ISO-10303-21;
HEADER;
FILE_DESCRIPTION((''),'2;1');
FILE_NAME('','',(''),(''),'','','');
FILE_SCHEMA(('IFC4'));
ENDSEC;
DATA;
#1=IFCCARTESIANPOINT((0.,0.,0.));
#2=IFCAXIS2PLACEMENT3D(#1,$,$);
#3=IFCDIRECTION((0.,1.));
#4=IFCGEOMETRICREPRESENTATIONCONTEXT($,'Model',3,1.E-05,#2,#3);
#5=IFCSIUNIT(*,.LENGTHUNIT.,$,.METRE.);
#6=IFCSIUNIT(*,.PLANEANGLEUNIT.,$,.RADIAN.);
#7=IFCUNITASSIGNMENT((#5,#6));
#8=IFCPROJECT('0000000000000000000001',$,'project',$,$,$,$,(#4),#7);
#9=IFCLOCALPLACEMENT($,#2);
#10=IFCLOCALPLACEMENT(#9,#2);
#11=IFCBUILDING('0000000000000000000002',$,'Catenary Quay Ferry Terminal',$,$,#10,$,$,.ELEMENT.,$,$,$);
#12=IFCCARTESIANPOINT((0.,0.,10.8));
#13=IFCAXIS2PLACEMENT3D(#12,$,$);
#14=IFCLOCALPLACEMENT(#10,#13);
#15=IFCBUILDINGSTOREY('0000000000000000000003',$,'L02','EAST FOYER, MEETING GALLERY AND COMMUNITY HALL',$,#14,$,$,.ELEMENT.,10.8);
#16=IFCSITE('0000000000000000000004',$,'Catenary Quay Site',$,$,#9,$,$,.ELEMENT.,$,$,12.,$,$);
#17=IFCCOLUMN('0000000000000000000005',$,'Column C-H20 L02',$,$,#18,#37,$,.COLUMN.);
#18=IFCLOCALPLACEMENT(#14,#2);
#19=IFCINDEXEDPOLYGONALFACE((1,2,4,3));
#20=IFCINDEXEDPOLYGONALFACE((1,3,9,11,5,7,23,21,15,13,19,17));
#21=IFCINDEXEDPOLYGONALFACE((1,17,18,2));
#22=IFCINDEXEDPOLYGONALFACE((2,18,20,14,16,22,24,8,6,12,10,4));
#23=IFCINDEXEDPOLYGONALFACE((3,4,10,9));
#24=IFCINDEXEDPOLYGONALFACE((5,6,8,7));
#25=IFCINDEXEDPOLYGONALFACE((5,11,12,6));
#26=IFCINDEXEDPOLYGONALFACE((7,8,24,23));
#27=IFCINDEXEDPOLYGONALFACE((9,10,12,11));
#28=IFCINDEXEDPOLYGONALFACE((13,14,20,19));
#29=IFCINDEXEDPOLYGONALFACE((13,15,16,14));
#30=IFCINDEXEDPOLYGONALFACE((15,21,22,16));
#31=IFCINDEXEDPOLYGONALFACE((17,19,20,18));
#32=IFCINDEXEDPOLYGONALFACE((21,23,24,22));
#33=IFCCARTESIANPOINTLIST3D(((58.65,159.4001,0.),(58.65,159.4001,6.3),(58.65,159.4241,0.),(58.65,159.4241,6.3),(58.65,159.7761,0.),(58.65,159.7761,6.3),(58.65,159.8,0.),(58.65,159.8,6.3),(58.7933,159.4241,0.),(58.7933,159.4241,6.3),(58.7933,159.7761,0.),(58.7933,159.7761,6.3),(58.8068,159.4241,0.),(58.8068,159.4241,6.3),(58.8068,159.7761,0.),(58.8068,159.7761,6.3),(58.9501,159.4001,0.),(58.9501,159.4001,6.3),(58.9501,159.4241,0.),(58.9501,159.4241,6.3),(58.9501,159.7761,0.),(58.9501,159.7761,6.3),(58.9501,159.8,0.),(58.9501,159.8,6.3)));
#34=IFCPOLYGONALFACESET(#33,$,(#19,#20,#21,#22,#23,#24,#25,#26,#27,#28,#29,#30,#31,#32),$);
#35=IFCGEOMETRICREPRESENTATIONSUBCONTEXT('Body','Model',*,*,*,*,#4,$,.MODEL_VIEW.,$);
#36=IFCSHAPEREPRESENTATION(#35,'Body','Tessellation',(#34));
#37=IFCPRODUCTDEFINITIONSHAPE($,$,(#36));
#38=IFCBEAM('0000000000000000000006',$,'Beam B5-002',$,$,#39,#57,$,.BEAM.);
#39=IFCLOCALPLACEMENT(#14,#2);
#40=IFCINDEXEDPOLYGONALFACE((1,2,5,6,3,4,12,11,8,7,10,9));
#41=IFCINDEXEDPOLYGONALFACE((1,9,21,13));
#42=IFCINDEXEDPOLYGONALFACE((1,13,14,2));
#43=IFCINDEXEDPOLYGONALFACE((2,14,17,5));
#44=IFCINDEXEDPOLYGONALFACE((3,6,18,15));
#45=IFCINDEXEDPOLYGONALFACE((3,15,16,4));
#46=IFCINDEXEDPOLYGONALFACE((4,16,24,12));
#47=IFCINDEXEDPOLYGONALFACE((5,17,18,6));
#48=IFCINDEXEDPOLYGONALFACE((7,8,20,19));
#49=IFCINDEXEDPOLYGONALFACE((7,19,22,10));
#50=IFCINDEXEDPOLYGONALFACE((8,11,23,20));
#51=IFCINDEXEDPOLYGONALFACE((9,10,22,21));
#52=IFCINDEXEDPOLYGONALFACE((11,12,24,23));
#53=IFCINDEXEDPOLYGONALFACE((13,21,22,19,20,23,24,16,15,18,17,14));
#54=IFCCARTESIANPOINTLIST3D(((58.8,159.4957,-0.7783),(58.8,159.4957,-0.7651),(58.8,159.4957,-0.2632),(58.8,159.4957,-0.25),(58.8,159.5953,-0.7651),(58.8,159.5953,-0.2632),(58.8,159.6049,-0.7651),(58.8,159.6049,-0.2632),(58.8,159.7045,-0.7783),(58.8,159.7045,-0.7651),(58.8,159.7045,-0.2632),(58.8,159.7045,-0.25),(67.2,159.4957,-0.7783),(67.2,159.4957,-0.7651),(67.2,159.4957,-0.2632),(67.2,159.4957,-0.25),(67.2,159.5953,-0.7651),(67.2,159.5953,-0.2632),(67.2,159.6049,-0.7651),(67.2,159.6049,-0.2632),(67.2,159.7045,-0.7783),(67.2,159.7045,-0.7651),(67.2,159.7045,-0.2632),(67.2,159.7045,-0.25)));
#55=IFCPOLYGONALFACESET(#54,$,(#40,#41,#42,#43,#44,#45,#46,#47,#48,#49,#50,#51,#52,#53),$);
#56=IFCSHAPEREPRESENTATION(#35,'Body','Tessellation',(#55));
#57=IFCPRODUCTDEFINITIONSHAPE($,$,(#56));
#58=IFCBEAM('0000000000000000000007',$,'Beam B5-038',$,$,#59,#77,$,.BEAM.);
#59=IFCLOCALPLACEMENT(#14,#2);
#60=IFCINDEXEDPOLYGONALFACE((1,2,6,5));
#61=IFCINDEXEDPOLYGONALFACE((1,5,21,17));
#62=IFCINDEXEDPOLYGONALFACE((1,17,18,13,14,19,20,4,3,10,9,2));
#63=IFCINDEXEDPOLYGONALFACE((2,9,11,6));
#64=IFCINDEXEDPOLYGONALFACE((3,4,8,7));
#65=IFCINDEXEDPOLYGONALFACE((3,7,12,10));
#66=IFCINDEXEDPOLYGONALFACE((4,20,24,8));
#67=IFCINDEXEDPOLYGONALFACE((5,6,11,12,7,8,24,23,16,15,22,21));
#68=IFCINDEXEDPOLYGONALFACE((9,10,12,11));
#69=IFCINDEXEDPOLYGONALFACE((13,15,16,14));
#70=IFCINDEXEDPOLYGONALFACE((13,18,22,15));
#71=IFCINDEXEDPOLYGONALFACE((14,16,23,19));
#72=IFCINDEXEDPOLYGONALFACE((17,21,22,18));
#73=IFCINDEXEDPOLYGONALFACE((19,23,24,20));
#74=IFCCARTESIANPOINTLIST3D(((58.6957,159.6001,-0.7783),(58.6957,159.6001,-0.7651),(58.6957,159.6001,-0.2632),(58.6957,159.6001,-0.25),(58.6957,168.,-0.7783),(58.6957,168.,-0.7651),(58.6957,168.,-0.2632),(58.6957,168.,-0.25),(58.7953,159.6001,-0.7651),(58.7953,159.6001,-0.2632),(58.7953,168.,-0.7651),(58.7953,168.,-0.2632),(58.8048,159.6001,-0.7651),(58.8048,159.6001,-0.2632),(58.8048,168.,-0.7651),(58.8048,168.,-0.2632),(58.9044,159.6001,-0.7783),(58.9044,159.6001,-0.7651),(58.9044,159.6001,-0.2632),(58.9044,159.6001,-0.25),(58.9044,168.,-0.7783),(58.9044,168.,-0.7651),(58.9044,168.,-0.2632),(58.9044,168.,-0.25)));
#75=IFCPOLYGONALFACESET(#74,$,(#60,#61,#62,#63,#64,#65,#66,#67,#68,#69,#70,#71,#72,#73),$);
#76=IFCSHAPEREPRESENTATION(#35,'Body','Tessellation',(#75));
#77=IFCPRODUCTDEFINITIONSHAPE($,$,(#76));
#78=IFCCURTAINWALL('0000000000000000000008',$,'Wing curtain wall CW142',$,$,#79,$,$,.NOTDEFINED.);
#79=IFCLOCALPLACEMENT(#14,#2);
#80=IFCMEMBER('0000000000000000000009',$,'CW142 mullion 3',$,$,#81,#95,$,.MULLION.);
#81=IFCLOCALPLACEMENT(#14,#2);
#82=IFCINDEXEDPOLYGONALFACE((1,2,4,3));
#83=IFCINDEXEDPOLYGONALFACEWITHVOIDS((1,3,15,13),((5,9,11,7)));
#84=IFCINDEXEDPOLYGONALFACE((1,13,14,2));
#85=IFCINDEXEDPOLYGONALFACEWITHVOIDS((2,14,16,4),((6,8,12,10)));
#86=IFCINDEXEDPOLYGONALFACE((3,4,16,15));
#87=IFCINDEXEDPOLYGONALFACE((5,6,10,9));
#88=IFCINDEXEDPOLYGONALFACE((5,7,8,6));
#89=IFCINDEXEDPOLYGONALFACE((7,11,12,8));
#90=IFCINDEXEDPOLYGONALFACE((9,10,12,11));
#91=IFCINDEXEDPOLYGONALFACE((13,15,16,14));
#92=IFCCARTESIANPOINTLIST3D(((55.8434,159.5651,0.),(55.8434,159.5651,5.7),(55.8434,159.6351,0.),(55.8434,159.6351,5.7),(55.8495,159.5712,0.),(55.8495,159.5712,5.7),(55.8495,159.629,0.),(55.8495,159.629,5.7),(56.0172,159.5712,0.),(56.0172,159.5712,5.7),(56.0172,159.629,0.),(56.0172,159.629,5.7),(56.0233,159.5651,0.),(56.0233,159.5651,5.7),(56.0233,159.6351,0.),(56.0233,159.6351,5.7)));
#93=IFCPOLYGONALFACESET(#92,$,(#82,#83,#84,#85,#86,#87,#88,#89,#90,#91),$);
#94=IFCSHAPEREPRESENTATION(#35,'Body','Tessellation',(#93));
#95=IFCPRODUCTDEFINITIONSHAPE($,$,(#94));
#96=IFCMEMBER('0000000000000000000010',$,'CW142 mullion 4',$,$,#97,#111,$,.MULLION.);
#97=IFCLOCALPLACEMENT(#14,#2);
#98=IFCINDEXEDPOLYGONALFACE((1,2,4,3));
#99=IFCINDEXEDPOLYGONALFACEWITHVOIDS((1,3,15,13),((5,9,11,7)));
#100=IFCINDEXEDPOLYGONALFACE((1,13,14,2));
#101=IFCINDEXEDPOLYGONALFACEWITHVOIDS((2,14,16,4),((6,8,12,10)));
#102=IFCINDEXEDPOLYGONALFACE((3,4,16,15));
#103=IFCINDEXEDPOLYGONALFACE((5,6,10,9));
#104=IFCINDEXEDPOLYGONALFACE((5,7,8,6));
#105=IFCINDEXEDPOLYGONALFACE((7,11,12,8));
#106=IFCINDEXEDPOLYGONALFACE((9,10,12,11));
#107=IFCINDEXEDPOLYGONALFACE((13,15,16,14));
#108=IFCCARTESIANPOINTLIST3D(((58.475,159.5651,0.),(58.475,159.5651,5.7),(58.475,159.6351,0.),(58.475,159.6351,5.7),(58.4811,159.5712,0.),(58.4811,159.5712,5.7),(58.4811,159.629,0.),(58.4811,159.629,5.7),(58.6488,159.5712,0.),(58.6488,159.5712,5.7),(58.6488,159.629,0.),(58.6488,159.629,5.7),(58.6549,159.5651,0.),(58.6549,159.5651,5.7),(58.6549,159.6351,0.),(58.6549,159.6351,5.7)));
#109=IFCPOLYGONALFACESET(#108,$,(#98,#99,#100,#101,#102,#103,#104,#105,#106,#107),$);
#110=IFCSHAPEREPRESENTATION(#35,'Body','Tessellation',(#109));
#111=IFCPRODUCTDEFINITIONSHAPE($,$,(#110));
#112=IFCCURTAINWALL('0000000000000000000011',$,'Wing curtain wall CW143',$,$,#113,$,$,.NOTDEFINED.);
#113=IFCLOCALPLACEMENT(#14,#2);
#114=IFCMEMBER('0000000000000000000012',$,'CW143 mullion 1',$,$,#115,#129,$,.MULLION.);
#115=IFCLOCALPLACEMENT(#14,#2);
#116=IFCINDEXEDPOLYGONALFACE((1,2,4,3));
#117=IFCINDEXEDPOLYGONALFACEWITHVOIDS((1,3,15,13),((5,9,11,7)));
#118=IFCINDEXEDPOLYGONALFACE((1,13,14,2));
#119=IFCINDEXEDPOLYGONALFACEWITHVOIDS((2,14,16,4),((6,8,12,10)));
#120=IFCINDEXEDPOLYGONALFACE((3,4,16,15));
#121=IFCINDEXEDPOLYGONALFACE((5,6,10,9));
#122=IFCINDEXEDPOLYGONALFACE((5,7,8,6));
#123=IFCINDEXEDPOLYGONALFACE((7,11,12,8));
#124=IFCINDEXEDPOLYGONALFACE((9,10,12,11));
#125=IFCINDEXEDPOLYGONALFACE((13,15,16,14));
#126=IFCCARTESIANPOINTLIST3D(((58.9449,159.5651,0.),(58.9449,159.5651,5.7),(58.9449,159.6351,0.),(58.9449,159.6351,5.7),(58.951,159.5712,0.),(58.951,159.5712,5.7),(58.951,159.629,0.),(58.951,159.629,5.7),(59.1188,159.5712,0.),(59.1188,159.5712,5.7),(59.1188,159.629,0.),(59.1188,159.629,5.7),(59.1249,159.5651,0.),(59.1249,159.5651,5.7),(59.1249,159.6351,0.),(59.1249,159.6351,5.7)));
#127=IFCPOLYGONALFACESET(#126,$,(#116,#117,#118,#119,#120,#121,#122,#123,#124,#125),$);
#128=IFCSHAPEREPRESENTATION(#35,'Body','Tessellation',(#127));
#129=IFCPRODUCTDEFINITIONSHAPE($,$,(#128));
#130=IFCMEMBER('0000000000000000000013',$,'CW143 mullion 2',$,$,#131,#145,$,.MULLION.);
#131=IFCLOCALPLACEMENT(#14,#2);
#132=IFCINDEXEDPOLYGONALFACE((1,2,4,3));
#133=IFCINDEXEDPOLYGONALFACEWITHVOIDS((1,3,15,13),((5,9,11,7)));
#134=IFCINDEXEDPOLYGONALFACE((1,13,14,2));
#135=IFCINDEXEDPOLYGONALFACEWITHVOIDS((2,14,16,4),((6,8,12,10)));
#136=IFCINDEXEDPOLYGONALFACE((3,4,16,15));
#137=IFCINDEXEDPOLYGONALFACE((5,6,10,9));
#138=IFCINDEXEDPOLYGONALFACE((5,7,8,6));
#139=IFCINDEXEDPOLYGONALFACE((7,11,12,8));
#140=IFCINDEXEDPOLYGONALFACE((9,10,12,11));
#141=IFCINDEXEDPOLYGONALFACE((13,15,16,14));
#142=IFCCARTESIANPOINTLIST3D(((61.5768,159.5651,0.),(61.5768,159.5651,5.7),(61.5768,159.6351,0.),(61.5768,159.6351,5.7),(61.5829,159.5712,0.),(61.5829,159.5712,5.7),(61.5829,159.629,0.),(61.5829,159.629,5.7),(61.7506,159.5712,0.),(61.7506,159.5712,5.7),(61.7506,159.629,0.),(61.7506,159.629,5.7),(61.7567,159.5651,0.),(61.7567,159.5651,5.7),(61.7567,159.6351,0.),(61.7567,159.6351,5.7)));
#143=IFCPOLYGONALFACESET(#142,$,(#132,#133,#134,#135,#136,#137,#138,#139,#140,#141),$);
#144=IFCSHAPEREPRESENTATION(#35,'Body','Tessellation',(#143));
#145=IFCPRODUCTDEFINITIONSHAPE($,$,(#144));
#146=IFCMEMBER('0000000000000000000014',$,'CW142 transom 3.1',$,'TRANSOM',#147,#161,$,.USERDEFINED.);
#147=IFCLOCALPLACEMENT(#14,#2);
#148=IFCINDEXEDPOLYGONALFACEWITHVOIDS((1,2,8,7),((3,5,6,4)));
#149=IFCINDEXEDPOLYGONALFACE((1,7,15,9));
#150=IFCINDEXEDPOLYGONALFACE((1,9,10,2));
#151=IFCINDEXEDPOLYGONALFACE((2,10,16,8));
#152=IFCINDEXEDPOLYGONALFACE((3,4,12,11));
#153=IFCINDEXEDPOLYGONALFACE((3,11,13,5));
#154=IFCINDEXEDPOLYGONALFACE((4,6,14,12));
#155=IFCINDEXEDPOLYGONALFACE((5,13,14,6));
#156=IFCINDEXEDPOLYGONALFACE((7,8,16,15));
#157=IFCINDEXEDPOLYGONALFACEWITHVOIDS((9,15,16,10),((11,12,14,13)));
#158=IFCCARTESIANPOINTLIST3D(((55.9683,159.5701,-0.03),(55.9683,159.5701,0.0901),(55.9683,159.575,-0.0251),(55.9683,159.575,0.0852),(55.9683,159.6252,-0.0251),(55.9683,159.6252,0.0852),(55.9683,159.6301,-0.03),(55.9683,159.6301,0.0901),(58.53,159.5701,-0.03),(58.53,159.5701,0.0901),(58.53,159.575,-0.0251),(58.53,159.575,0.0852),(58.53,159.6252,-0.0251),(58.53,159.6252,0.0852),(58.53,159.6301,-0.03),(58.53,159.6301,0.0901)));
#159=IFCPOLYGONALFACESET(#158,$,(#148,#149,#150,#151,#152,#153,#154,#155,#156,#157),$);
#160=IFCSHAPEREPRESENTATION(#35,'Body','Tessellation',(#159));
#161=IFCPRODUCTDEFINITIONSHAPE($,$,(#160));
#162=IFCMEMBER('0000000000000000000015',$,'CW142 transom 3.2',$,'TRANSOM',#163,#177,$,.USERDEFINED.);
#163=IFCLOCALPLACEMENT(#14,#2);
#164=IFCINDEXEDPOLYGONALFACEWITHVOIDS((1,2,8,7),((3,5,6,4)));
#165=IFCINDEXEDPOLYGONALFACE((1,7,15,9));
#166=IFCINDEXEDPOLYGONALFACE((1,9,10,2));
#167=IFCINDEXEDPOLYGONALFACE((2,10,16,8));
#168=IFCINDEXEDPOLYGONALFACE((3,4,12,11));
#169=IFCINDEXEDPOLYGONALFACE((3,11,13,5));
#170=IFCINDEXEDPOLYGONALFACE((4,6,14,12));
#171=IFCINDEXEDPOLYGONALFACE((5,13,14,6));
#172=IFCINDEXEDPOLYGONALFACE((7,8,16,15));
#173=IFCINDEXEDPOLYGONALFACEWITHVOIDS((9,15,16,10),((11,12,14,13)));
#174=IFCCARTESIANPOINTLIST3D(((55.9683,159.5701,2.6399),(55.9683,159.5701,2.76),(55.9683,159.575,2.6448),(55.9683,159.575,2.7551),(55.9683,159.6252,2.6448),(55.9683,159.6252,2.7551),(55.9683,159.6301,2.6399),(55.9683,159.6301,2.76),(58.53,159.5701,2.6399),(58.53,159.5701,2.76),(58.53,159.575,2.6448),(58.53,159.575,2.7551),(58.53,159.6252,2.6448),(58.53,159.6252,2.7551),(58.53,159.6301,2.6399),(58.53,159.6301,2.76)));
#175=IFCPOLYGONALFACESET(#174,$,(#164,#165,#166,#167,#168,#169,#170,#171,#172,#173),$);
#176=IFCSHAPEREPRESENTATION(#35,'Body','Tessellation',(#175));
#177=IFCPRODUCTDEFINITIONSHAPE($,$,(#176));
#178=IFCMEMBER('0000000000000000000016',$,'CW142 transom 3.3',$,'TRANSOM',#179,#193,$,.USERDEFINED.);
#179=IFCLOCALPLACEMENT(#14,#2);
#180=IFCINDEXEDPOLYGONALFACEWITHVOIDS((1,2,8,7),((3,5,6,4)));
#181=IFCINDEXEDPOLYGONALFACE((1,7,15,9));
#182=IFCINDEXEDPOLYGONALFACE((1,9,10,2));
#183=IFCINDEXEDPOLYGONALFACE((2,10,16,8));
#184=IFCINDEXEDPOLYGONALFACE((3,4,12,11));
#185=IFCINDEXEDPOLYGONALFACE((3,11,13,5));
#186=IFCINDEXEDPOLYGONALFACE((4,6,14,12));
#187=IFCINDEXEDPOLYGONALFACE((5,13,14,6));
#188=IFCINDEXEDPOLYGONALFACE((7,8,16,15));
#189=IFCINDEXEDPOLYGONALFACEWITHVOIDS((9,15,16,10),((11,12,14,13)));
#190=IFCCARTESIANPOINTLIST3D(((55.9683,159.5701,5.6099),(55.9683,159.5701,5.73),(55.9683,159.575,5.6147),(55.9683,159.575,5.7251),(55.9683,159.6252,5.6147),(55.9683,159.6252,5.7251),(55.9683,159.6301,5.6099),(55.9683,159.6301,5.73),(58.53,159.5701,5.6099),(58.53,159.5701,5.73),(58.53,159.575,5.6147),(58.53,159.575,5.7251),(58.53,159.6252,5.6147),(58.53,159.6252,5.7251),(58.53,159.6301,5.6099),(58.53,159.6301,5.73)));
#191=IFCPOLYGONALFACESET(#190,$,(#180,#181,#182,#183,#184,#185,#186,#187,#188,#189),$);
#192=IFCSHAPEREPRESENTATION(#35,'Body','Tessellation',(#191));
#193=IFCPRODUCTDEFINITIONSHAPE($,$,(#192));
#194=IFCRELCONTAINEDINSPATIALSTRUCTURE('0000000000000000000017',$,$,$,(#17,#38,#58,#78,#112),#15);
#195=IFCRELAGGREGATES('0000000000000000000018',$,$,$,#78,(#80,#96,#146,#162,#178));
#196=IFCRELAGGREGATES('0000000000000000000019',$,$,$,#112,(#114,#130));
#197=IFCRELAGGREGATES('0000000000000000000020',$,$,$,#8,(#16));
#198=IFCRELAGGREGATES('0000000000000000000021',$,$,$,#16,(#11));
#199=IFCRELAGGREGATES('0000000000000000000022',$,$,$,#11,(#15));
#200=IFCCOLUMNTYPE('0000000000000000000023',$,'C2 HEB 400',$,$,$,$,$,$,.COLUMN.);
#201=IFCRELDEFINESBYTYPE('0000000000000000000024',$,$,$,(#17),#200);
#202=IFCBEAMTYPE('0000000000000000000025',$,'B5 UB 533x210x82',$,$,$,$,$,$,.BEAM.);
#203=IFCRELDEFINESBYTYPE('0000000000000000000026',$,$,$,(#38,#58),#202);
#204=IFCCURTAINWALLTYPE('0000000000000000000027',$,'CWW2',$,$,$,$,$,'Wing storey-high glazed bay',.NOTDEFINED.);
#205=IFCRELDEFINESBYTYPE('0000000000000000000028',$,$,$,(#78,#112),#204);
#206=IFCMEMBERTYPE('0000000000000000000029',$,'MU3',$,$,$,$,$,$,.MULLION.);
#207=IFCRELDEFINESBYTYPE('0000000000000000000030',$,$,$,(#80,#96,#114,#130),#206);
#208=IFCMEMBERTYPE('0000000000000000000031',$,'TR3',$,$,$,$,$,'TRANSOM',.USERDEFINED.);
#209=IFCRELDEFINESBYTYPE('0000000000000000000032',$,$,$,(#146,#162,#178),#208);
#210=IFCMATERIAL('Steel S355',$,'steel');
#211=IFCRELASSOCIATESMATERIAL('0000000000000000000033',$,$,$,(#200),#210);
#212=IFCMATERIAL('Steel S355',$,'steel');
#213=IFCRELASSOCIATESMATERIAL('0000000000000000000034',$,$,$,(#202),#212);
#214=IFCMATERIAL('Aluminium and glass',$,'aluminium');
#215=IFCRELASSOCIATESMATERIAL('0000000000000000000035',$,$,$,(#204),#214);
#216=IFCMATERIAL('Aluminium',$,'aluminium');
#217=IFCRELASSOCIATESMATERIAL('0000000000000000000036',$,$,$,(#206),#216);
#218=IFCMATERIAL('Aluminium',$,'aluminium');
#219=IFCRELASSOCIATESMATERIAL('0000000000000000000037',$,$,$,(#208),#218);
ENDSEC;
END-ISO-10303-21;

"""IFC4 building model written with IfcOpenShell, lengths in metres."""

from ifc_helpers import new_model, si_unit, direction, frame, origin, origin_2d, place, context, subcontext, project, spatial, hollow_rectangle, i_section, extrude, material, material_profile, profile_set, type_object, element, aggregate, save


model = new_model("IFC4")

# Units and contexts
model_context = context("Model", 3, precision=1e-05, world=origin(), true_north=direction((0.0, 1.0)))
body_context = subcontext(model_context, "Body", "Model", "MODEL_VIEW")
ifc_project = project(units=[si_unit("LENGTHUNIT", "METRE"), si_unit("PLANEANGLEUNIT", "RADIAN")], contexts=[model_context])

# Site, building, storey
site_placement = place(None, origin())
site = spatial("IfcSite", under=ifc_project, at=site_placement, Name="Catenary Quay Site", CompositionType="ELEMENT", RefElevation=12.0)
building_placement = place(site_placement, origin())
building = spatial("IfcBuilding", under=site, at=building_placement, Name="Catenary Quay Ferry Terminal", CompositionType="ELEMENT")
storey_placement = place(building_placement, frame((0.0, 0.0, 10.8)))
storey = spatial("IfcBuildingStorey", under=building, at=storey_placement, Name="L02", Description="EAST FOYER, MEETING GALLERY AND COMMUNITY HALL", CompositionType="ELEMENT", Elevation=10.8)

# Column
ifc_material_1 = material(Name="Steel S355", Category="steel")
ifc_material_profile_1 = material_profile(ifc_material_1, i_section(OverallWidth=0.3, OverallDepth=0.3999, WebThickness=0.0134, FlangeThickness=0.0239, at=origin_2d()), Name="HEB 400")
ifc_profile_set_1 = profile_set([ifc_material_profile_1], Name="Steel S355")
column_type = type_object("IfcColumnType", Name="C2 HEB 400", PredefinedType="COLUMN", material=ifc_profile_set_1)
column_placement = place(storey_placement, frame((58.8, 159.6001, 0.0), z_axis=(0.0, 0.0, 1.0), x_axis=(1.0, 0.0, 0.0)))
element("IfcColumn", 1, at=column_placement, inside=storey, type_object=column_type, Name="Column C-H20 L02", PredefinedType="COLUMN", context=body_context, shape_type="SweptSolid", body=[
    extrude(i_section(OverallWidth=0.3, OverallDepth=0.3999, WebThickness=0.0134, FlangeThickness=0.0239, at=origin_2d()), origin(), (0.0, 0.0, 1.0), 6.3),
])

# Beams
ifc_material_2 = material(Name="Steel S355", Category="steel")
ifc_material_profile_2 = material_profile(ifc_material_2, i_section(OverallWidth=0.2087, OverallDepth=0.5283, WebThickness=0.0095, FlangeThickness=0.0132, at=origin_2d()), Name="UB 533x210x82")
ifc_profile_set_2 = profile_set([ifc_material_profile_2], Name="Steel S355")
beam_type = type_object("IfcBeamType", Name="B5 UB 533x210x82", PredefinedType="BEAM", material=ifc_profile_set_2)
for number, where, z_axis, x_axis, name in (
    (2, (58.8, 159.6001, -0.5142), (1.0, 0.0, 0.0), (0.0, 1.0, 0.0), "Beam B5-002"),
    (3, (58.8, 159.6001, -0.5142), (0.0, 1.0, 0.0), (-1.0, 0.0, 0.0), "Beam B5-038"),
):
    element("IfcBeam", number, at=place(storey_placement, frame(where, z_axis=z_axis, x_axis=x_axis)), inside=storey, type_object=beam_type, Name=name, PredefinedType="BEAM", context=body_context, shape_type="SweptSolid", body=[
        extrude(i_section(OverallWidth=0.2087, OverallDepth=0.5283, WebThickness=0.0095, FlangeThickness=0.0132, at=origin_2d()), origin(), (0.0, 0.0, 1.0), 8.3999),
    ])

# Curtain walls, members
ifc_material_3 = material(Name="Aluminium and glass", Category="aluminium")
curtain_wall_type = type_object("IfcCurtainWallType", Name="CWW2", ElementType="Wing storey-high glazed bay", PredefinedType="NOTDEFINED", material=ifc_material_3)
curtain_wall_1_placement = place(storey_placement, origin())
curtain_wall_1 = element("IfcCurtainWall", 4, at=curtain_wall_1_placement, inside=storey, type_object=curtain_wall_type, Name="Wing curtain wall CW142", PredefinedType="NOTDEFINED")
ifc_material_4 = material(Name="Aluminium", Category="aluminium")
ifc_material_profile_3 = material_profile(ifc_material_4, hollow_rectangle(XDim=0.0701, YDim=0.1799, WallThickness=0.0061, at=origin_2d()), Name="MU3")
ifc_profile_set_3 = profile_set([ifc_material_profile_3], Name="Aluminium")
member_type_1 = type_object("IfcMemberType", Name="MU3", PredefinedType="MULLION", material=ifc_profile_set_3)
member_1_placement = place(storey_placement, frame((55.9333, 159.6001, 0.0), z_axis=(0.0, 0.0, 1.0), x_axis=(0.0, 1.0, 0.0)))
member_1 = element("IfcMember", 5, at=member_1_placement, type_object=member_type_1, Name="CW142 mullion 3", PredefinedType="MULLION", context=body_context, shape_type="SweptSolid", body=[
    extrude(hollow_rectangle(XDim=0.0701, YDim=0.1799, WallThickness=0.0061, at=origin_2d()), origin(), (0.0, 0.0, 1.0), 5.7),
])
member_2_placement = place(storey_placement, frame((58.5649, 159.6001, 0.0), z_axis=(0.0, 0.0, 1.0), x_axis=(0.0, 1.0, 0.0)))
member_2 = element("IfcMember", 6, at=member_2_placement, type_object=member_type_1, Name="CW142 mullion 4", PredefinedType="MULLION", context=body_context, shape_type="SweptSolid", body=[
    extrude(hollow_rectangle(XDim=0.0701, YDim=0.1799, WallThickness=0.0061, at=origin_2d()), origin(), (0.0, 0.0, 1.0), 5.7),
])
curtain_wall_2_placement = place(storey_placement, origin())
curtain_wall_2 = element("IfcCurtainWall", 7, at=curtain_wall_2_placement, inside=storey, type_object=curtain_wall_type, Name="Wing curtain wall CW143", PredefinedType="NOTDEFINED")
member_3_placement = place(storey_placement, frame((59.0349, 159.6001, 0.0), z_axis=(0.0, 0.0, 1.0), x_axis=(0.0, 1.0, 0.0)))
member_3 = element("IfcMember", 8, at=member_3_placement, type_object=member_type_1, Name="CW143 mullion 1", PredefinedType="MULLION", context=body_context, shape_type="SweptSolid", body=[
    extrude(hollow_rectangle(XDim=0.0701, YDim=0.1799, WallThickness=0.0061, at=origin_2d()), origin(), (0.0, 0.0, 1.0), 5.7),
])
member_4_placement = place(storey_placement, frame((61.6667, 159.6001, 0.0), z_axis=(0.0, 0.0, 1.0), x_axis=(0.0, 1.0, 0.0)))
member_4 = element("IfcMember", 9, at=member_4_placement, type_object=member_type_1, Name="CW143 mullion 2", PredefinedType="MULLION", context=body_context, shape_type="SweptSolid", body=[
    extrude(hollow_rectangle(XDim=0.0701, YDim=0.1799, WallThickness=0.0061, at=origin_2d()), origin(), (0.0, 0.0, 1.0), 5.7),
])

# Members
ifc_material_5 = material(Name="Aluminium", Category="aluminium")
ifc_material_profile_4 = material_profile(ifc_material_5, hollow_rectangle(XDim=0.0601, YDim=0.1201, WallThickness=0.0049, at=origin_2d()), Name="TR3")
ifc_profile_set_4 = profile_set([ifc_material_profile_4], Name="Aluminium")
member_type_2 = type_object("IfcMemberType", Name="TR3", ElementType="TRANSOM", PredefinedType="USERDEFINED", material=ifc_profile_set_4)
member_5_placement = place(storey_placement, frame((55.9683, 159.6001, 0.03), z_axis=(1.0, 0.0, 0.0), x_axis=(0.0, 1.0, 0.0)))
member_5 = element("IfcMember", 10, at=member_5_placement, type_object=member_type_2, Name="CW142 transom 3.1", ObjectType="TRANSOM", PredefinedType="USERDEFINED", context=body_context, shape_type="SweptSolid", body=[
    extrude(hollow_rectangle(XDim=0.0601, YDim=0.1201, WallThickness=0.0049, at=origin_2d()), origin(), (0.0, 0.0, 1.0), 2.5618),
])
member_6_placement = place(storey_placement, frame((55.9683, 159.6001, 2.7), z_axis=(1.0, 0.0, 0.0), x_axis=(0.0, 1.0, 0.0)))
member_6 = element("IfcMember", 11, at=member_6_placement, type_object=member_type_2, Name="CW142 transom 3.2", ObjectType="TRANSOM", PredefinedType="USERDEFINED", context=body_context, shape_type="SweptSolid", body=[
    extrude(hollow_rectangle(XDim=0.0601, YDim=0.1201, WallThickness=0.0049, at=origin_2d()), origin(), (0.0, 0.0, 1.0), 2.5618),
])
member_7_placement = place(storey_placement, frame((55.9683, 159.6001, 5.6699), z_axis=(1.0, 0.0, 0.0), x_axis=(0.0, 1.0, 0.0)))
member_7 = element("IfcMember", 12, at=member_7_placement, type_object=member_type_2, Name="CW142 transom 3.3", ObjectType="TRANSOM", PredefinedType="USERDEFINED", context=body_context, shape_type="SweptSolid", body=[
    extrude(hollow_rectangle(XDim=0.0601, YDim=0.1201, WallThickness=0.0049, at=origin_2d()), origin(), (0.0, 0.0, 1.0), 2.5618),
])

aggregate(curtain_wall_1, [member_1, member_2, member_5, member_6, member_7])
aggregate(curtain_wall_2, [member_3, member_4])

save(model, "model.ifc")
